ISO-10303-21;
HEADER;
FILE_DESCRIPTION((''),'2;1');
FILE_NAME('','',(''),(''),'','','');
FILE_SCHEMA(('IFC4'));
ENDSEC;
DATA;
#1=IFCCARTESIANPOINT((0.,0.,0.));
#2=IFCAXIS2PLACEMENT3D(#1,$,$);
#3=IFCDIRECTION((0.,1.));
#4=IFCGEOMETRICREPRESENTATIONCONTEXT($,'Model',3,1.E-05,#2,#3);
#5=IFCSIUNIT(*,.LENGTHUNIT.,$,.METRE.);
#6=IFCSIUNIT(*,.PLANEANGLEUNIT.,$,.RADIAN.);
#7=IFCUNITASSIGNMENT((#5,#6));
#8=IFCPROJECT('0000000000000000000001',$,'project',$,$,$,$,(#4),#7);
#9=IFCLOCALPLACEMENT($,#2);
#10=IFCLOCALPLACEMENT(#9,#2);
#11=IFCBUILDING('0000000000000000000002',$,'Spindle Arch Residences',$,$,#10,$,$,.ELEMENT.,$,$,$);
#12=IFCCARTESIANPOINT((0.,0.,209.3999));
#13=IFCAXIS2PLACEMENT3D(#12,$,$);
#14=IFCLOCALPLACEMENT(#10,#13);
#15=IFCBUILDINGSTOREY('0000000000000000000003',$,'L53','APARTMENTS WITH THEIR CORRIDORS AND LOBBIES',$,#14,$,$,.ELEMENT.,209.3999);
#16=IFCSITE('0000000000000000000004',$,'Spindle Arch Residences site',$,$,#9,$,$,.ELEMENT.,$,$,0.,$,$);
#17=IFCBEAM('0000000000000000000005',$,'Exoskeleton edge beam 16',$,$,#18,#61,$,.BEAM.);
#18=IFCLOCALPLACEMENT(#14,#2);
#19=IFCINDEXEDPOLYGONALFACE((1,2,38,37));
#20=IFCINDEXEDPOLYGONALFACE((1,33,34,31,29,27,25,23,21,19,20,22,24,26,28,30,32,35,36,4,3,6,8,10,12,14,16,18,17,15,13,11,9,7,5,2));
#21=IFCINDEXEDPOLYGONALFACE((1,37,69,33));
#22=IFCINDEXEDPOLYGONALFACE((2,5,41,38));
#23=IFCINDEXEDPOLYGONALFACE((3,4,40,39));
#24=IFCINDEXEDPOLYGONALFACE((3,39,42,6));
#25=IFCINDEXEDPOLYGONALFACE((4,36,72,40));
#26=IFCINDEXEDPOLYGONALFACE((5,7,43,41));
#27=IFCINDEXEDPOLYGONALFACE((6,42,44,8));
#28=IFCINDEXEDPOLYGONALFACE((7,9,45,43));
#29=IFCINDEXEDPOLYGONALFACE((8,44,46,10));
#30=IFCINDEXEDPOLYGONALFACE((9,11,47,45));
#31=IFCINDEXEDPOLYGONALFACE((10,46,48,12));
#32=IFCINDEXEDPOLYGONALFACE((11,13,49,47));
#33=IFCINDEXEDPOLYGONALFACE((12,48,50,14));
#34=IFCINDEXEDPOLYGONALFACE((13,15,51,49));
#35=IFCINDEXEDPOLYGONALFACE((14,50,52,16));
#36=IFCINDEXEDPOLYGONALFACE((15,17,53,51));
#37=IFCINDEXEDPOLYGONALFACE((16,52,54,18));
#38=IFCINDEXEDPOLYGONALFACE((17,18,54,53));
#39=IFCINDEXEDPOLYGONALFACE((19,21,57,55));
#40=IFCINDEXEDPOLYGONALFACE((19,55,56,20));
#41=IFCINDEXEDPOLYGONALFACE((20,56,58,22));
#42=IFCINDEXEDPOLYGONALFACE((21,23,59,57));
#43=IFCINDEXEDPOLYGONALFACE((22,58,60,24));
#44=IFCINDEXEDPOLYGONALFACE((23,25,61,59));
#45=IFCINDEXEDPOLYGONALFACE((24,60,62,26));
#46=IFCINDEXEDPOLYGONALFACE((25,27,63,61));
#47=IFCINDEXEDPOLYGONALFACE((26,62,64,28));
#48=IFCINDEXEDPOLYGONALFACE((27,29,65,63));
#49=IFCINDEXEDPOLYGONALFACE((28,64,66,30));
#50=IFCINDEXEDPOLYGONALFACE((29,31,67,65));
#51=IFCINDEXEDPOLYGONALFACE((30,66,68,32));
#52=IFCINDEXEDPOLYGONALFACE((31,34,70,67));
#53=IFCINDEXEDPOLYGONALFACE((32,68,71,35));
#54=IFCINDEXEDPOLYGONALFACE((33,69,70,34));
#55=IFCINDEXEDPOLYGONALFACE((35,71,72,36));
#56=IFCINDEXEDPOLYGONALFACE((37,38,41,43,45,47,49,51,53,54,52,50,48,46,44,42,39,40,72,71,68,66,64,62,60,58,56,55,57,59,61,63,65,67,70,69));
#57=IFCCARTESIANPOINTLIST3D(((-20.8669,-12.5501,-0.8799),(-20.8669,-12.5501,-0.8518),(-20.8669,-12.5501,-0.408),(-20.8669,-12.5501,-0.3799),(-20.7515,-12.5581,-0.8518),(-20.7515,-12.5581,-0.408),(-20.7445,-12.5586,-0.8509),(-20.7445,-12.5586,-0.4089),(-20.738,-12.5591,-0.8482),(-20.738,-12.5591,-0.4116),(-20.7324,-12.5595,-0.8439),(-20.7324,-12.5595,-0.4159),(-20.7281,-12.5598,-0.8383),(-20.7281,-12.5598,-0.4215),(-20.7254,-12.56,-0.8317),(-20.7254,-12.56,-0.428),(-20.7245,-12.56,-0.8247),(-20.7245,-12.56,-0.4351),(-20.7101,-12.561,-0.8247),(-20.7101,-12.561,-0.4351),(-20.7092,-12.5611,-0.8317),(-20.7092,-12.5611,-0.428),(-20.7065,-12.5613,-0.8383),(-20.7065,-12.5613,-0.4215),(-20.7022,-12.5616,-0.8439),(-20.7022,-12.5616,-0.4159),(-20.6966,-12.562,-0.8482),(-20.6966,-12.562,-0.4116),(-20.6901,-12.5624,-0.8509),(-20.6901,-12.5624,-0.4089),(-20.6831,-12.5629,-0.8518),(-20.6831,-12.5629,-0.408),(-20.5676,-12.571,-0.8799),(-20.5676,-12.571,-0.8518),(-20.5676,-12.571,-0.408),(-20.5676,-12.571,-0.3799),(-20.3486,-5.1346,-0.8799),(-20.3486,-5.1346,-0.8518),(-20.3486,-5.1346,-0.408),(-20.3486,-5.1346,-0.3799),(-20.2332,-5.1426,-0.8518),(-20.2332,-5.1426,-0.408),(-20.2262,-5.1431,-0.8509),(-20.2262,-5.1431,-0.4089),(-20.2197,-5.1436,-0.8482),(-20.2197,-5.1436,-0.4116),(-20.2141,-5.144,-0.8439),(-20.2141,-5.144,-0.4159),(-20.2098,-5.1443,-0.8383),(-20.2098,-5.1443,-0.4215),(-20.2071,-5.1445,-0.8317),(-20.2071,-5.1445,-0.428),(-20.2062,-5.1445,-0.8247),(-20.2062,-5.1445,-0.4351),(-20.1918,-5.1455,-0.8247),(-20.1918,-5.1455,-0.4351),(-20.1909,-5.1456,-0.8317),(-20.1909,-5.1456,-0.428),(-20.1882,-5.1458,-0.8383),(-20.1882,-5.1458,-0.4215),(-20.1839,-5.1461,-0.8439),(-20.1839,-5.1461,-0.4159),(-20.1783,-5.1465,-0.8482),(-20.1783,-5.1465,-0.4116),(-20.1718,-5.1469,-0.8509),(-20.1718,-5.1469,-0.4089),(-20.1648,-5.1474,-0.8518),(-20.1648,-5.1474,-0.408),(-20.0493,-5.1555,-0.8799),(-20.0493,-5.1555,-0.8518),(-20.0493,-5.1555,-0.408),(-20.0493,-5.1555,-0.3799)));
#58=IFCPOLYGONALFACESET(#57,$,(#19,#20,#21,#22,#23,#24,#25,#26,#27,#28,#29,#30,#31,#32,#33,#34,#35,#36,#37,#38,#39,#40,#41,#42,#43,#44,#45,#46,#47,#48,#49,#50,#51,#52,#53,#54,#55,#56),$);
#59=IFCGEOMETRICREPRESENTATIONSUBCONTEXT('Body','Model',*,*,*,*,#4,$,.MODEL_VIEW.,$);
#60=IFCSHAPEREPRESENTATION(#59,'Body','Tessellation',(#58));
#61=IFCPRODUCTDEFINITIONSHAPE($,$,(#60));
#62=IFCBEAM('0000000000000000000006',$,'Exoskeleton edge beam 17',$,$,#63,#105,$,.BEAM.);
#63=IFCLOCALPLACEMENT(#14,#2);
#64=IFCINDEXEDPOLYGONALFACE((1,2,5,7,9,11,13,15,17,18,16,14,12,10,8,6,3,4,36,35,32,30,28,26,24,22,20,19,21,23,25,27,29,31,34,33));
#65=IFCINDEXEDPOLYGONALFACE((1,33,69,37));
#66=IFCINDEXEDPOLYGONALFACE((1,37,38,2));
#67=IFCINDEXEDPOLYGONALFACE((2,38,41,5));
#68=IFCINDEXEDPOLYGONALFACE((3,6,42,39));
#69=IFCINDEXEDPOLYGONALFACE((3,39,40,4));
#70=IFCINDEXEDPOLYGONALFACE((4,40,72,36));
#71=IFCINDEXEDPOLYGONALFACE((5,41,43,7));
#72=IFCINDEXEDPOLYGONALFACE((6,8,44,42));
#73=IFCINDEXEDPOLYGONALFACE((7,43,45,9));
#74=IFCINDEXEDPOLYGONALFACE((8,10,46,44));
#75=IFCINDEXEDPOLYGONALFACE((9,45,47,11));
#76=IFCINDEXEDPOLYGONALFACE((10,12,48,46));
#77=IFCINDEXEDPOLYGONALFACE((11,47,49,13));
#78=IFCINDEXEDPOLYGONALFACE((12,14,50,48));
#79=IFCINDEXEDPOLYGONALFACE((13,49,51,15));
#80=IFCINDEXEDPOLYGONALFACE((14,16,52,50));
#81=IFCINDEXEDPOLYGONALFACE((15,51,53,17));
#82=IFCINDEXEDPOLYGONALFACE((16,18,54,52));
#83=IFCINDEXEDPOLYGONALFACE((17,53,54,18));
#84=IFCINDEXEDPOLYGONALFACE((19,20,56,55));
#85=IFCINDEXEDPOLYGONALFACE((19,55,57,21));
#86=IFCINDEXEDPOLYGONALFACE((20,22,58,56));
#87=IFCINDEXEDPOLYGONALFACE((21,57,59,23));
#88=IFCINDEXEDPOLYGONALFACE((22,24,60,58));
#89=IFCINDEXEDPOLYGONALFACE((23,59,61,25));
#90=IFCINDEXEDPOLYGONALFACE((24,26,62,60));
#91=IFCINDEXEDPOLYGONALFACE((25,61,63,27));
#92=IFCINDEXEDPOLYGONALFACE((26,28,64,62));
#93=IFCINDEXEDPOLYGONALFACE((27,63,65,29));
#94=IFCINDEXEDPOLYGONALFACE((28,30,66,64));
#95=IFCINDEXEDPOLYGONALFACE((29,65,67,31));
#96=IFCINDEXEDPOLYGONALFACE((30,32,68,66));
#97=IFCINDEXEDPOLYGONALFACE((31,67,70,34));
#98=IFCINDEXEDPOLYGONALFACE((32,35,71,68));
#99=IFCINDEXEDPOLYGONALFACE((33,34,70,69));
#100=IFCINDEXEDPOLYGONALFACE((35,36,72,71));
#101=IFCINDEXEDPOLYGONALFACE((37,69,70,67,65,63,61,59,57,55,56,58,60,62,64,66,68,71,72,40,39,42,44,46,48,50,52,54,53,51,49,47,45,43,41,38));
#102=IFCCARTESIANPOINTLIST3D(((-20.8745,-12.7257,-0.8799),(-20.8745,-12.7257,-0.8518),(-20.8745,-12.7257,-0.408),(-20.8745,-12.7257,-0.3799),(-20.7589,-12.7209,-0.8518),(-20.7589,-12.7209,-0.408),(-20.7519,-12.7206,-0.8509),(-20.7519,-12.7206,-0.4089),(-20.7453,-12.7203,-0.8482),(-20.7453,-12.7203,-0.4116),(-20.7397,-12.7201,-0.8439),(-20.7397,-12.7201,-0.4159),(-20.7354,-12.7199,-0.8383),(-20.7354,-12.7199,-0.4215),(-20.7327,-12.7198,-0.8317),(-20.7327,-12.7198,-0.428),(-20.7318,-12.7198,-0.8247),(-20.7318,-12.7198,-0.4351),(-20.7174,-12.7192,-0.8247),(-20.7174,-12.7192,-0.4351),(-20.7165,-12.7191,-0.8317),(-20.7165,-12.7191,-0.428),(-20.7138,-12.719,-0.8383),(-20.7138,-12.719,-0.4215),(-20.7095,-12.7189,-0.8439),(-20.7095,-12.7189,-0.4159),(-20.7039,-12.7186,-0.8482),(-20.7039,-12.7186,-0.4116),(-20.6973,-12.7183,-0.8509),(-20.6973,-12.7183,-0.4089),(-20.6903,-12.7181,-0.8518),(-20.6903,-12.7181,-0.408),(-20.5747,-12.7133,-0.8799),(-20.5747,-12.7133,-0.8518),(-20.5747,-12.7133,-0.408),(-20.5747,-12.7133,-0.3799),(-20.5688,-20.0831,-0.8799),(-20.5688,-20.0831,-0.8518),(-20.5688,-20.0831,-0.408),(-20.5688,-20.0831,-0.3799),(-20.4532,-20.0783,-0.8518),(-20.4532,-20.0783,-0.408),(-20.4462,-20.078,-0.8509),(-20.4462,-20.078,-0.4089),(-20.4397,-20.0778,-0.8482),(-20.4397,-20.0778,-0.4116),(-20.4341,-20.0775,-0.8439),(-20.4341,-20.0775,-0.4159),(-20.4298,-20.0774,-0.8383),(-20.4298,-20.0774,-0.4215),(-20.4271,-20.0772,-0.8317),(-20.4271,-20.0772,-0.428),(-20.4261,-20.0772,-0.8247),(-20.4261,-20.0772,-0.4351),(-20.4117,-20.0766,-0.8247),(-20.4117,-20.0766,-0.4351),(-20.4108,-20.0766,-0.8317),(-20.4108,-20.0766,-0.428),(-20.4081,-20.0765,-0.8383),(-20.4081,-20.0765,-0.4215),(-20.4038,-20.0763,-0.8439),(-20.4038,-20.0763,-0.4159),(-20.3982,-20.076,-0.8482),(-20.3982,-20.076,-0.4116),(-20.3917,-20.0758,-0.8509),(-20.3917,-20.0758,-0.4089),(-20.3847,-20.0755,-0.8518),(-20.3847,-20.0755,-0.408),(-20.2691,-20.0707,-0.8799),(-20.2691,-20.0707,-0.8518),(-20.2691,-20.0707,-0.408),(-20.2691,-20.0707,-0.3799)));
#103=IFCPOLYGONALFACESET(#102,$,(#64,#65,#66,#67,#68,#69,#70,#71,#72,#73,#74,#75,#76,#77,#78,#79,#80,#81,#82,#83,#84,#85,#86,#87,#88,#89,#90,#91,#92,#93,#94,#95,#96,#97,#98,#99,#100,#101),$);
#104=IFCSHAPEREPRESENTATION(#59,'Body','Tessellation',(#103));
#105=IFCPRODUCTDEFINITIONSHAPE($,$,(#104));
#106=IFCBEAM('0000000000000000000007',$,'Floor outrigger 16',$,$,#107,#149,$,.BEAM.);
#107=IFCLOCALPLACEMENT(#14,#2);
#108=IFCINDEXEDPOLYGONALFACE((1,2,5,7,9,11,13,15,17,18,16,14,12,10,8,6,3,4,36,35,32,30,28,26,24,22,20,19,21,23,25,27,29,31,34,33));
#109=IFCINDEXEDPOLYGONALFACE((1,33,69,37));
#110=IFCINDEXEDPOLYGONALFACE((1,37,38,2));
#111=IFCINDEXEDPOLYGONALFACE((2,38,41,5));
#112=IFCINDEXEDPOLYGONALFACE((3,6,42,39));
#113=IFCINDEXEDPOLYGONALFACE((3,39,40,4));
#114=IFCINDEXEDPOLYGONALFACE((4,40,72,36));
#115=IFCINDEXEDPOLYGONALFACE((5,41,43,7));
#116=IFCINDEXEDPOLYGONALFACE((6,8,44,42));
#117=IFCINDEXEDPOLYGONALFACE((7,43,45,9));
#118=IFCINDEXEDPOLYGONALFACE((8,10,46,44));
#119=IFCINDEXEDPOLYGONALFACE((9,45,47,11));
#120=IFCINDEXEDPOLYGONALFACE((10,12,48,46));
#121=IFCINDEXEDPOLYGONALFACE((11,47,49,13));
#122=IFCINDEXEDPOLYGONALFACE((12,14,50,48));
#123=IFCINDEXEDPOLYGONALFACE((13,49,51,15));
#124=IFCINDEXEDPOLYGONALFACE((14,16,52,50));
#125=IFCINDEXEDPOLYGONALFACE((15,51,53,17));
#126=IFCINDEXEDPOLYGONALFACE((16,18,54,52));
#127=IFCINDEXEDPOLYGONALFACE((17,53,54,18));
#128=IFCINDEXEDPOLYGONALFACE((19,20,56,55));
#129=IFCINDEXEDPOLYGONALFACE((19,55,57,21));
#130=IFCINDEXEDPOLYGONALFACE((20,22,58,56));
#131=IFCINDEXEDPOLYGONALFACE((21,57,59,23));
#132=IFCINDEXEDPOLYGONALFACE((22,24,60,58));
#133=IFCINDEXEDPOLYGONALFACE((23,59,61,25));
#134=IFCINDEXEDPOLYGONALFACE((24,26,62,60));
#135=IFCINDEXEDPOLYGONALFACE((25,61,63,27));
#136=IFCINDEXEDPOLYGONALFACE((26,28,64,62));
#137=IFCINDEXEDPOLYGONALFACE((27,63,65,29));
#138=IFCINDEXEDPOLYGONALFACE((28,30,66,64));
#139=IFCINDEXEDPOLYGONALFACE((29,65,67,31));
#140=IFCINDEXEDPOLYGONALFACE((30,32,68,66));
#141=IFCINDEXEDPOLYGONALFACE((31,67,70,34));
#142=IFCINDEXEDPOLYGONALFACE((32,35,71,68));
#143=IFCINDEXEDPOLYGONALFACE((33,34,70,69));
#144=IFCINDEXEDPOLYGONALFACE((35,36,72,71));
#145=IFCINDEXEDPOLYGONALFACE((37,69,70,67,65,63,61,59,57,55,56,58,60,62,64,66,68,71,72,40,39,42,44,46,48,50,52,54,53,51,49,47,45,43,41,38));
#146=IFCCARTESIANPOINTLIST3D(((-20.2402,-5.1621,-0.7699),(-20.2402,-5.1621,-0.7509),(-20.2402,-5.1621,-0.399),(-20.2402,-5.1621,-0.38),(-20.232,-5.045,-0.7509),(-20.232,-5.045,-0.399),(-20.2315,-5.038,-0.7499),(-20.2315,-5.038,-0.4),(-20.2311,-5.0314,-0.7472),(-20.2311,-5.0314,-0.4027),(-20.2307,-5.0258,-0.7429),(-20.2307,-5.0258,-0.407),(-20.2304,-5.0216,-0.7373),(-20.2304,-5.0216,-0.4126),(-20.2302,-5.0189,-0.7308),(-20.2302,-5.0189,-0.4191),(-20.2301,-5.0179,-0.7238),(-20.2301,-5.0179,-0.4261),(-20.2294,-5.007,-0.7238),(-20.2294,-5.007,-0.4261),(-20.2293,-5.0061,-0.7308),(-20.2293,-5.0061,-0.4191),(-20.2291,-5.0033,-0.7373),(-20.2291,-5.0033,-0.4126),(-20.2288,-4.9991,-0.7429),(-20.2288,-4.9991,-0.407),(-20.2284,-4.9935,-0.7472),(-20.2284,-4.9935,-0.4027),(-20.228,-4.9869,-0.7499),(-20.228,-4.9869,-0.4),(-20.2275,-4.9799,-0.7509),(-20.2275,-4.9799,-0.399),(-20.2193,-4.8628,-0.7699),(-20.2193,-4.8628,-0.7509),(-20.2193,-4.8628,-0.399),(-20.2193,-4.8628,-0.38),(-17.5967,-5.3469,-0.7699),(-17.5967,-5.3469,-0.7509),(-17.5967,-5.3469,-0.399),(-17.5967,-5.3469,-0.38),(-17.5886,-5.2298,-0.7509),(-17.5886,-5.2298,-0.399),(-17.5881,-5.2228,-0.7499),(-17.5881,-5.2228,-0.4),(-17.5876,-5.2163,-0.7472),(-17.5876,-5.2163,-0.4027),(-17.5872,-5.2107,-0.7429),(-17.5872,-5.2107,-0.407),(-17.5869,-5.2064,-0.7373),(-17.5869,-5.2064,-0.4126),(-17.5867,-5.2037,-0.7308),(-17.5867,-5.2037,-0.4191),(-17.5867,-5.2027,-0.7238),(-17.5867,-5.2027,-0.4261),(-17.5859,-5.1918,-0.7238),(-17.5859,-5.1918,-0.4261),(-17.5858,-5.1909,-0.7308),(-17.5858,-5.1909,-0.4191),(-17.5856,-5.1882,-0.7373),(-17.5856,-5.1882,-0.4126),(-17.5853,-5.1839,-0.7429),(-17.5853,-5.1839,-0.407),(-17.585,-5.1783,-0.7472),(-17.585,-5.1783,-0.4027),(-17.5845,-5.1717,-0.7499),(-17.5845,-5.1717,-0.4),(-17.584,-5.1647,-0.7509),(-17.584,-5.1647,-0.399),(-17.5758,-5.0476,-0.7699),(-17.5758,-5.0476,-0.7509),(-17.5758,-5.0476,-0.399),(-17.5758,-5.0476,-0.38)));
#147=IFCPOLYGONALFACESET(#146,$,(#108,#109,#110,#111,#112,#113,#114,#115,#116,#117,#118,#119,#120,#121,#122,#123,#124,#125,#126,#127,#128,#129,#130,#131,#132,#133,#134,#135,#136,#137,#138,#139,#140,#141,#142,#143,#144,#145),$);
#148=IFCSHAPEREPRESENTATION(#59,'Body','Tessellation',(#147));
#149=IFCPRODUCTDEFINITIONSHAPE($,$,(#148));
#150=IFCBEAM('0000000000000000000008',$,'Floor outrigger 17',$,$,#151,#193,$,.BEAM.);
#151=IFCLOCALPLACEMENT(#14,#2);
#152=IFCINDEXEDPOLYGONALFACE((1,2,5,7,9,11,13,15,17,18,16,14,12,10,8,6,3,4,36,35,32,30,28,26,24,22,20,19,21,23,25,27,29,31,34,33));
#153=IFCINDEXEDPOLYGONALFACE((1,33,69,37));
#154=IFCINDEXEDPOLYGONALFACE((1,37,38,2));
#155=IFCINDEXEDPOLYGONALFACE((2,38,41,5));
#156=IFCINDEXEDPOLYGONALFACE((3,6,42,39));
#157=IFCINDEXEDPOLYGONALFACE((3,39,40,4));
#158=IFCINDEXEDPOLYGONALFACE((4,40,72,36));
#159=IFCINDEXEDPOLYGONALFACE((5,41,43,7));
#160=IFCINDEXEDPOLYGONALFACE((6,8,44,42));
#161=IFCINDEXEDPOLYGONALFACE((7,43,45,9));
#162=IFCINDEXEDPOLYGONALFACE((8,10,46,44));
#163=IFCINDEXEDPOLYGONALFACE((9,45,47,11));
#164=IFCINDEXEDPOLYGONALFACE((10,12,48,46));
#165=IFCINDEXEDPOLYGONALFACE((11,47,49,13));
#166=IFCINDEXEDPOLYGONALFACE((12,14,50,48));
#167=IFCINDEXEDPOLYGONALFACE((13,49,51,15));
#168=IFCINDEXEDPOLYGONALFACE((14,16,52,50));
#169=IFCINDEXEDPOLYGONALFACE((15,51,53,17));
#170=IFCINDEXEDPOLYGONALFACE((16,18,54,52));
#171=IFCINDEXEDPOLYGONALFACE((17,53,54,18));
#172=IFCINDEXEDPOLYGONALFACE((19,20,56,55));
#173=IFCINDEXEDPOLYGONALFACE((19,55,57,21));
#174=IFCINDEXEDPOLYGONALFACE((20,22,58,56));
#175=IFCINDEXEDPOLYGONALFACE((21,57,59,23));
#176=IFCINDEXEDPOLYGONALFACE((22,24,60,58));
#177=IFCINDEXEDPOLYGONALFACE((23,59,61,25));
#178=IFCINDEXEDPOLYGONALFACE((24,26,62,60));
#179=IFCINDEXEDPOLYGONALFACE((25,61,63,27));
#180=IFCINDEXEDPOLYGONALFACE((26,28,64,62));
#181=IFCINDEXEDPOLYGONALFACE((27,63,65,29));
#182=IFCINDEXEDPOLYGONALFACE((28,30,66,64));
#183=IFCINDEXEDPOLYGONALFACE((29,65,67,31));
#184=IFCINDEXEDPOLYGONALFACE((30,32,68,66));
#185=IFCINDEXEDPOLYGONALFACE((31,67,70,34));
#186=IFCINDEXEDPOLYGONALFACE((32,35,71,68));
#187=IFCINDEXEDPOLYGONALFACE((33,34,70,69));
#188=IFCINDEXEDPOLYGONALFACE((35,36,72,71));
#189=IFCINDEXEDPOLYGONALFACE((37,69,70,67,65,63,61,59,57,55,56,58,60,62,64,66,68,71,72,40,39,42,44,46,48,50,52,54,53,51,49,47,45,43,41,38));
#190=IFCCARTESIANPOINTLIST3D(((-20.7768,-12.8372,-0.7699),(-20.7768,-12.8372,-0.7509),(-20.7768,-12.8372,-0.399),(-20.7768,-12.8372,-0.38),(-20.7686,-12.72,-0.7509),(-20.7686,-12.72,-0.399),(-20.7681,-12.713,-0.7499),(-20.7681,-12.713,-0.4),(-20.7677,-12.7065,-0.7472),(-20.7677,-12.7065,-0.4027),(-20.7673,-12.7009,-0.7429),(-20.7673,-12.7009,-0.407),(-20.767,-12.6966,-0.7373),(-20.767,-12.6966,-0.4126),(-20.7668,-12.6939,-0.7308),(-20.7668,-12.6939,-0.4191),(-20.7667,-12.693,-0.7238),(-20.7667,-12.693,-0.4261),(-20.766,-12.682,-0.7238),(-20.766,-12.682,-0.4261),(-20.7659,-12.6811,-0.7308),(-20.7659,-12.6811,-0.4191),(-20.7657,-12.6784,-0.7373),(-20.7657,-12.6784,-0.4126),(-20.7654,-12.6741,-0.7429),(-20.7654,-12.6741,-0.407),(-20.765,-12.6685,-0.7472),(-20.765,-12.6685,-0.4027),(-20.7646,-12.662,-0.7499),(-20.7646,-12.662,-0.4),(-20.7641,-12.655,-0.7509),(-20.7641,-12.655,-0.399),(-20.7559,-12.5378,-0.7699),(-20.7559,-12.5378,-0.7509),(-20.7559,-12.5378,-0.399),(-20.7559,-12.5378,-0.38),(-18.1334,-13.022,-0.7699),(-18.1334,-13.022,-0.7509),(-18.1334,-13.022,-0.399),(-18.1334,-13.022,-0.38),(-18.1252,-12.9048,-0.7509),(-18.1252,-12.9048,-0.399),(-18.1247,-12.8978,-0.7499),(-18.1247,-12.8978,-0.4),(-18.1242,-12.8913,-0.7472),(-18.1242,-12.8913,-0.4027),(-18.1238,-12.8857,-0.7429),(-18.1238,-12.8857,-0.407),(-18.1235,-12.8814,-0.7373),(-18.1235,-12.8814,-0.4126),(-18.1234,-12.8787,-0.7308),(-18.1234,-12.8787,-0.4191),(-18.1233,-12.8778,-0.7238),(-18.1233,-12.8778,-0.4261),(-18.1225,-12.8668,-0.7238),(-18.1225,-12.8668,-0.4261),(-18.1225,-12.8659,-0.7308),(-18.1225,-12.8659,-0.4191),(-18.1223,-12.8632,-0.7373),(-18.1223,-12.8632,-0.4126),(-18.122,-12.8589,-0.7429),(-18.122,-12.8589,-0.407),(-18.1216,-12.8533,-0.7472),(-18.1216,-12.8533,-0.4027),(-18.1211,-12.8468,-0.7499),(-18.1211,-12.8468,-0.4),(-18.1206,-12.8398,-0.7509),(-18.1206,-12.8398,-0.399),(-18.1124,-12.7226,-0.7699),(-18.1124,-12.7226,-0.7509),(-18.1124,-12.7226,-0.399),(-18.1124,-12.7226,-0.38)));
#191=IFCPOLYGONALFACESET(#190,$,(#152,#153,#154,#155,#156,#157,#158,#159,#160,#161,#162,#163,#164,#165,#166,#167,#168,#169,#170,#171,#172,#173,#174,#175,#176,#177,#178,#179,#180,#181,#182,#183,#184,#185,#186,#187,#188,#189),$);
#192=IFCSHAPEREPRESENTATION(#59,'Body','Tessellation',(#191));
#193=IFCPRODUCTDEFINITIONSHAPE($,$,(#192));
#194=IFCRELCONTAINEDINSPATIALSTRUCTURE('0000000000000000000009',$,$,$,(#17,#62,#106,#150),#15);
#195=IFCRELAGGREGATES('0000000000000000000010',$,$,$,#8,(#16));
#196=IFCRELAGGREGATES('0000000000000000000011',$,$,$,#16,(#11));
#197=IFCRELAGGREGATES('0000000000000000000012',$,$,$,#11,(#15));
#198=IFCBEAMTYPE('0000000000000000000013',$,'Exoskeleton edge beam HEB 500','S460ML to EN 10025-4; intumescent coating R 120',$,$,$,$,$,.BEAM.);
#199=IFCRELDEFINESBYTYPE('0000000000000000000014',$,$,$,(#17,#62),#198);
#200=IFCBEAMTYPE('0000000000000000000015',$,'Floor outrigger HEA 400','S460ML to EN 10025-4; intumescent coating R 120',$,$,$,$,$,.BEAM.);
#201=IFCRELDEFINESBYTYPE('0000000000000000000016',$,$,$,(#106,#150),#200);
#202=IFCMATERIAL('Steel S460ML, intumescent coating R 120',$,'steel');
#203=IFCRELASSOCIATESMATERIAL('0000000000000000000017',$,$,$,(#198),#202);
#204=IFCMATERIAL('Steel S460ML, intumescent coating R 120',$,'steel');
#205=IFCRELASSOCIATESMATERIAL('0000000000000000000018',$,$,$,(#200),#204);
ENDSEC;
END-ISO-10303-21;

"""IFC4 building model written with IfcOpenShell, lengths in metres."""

from ifc_helpers import new_model, si_unit, direction, frame, origin, origin_2d, place, context, subcontext, project, spatial, i_section, extrude, material, material_profile, profile_set, type_object, element, save


model = new_model("IFC4")

# Units and contexts
model_context = context("Model", 3, precision=1e-05, world=origin(), true_north=direction((0.0, 1.0)))
body_context = subcontext(model_context, "Body", "Model", "MODEL_VIEW")
ifc_project = project(units=[si_unit("LENGTHUNIT", "METRE"), si_unit("PLANEANGLEUNIT", "RADIAN")], contexts=[model_context])

# Site, building, storey
site_placement = place(None, origin())
site = spatial("IfcSite", under=ifc_project, at=site_placement, Name="Spindle Arch Residences site", CompositionType="ELEMENT", RefElevation=0.0)
building_placement = place(site_placement, origin())
building = spatial("IfcBuilding", under=site, at=building_placement, Name="Spindle Arch Residences", CompositionType="ELEMENT")
storey_placement = place(building_placement, frame((0.0, 0.0, 209.3999)))
storey = spatial("IfcBuildingStorey", under=building, at=storey_placement, Name="L53", Description="APARTMENTS WITH THEIR CORRIDORS AND LOBBIES", CompositionType="ELEMENT", Elevation=209.3999)

# Beams
ifc_material_1 = material(Name="Steel S460ML, intumescent coating R 120", Category="steel")
ifc_material_profile_1 = material_profile(ifc_material_1, i_section(OverallWidth=0.3, OverallDepth=0.5, WebThickness=0.0144, FlangeThickness=0.0281, FilletRadius=0.0271, at=origin_2d()), Name="HEB 500")
ifc_profile_set_1 = profile_set([ifc_material_profile_1], Name="Steel S460ML, intumescent coating R 120")
beam_type_1 = type_object("IfcBeamType", Name="Exoskeleton edge beam HEB 500", Description="S460ML to EN 10025-4; intumescent coating R 120", PredefinedType="BEAM", material=ifc_profile_set_1)
beam_1_placement = place(storey_placement, frame((-20.199, -5.145, -0.6299), z_axis=(-0.069725, -0.997566, 0.0), x_axis=(0.997566, -0.069725, 0.0)))
element("IfcBeam", 1, at=beam_1_placement, inside=storey, type_object=beam_type_1, Name="Exoskeleton edge beam 16", PredefinedType="BEAM", context=body_context, shape_type="SweptSolid", body=[
    extrude(i_section(OverallWidth=0.3, OverallDepth=0.5, WebThickness=0.0144, FlangeThickness=0.0281, FilletRadius=0.0271, at=origin_2d()), origin(), (0.0, 0.0, 1.0), 7.4336),
])
beam_2_placement = place(storey_placement, frame((-20.7246, -12.7195, -0.6299), z_axis=(0.041509, -0.999138, 0.0), x_axis=(0.999138, 0.041509, 0.0)))
element("IfcBeam", 2, at=beam_2_placement, inside=storey, type_object=beam_type_1, Name="Exoskeleton edge beam 17", PredefinedType="BEAM", context=body_context, shape_type="SweptSolid", body=[
    extrude(i_section(OverallWidth=0.3, OverallDepth=0.5, WebThickness=0.0144, FlangeThickness=0.0281, FilletRadius=0.0271, at=origin_2d()), origin(), (0.0, 0.0, 1.0), 7.3638),
])
ifc_material_2 = material(Name="Steel S460ML, intumescent coating R 120", Category="steel")
ifc_material_profile_2 = material_profile(ifc_material_2, i_section(OverallWidth=0.3, OverallDepth=0.3899, WebThickness=0.011, FlangeThickness=0.019, FilletRadius=0.0271, at=origin_2d()), Name="HEA 400")
ifc_profile_set_2 = profile_set([ifc_material_profile_2], Name="Steel S460ML, intumescent coating R 120")
beam_type_2 = type_object("IfcBeamType", Name="Floor outrigger HEA 400", Description="S460ML to EN 10025-4; intumescent coating R 120", PredefinedType="BEAM", material=ifc_profile_set_2)
for number, where, z_axis, x_axis, name in (
    (3, (-20.2297, -5.0125, -0.575), (0.997565, -0.069741, 0.0), (0.069741, 0.997565, 0.0), "Floor outrigger 16"),
    (4, (-20.7664, -12.6875, -0.575), (0.997565, -0.069741, 0.0), (0.069741, 0.997565, 0.0), "Floor outrigger 17"),
):
    element("IfcBeam", number, at=place(storey_placement, frame(where, z_axis=z_axis, x_axis=x_axis)), inside=storey, type_object=beam_type_2, Name=name, PredefinedType="BEAM", context=body_context, shape_type="SweptSolid", body=[
        extrude(i_section(OverallWidth=0.3, OverallDepth=0.3899, WebThickness=0.011, FlangeThickness=0.019, FilletRadius=0.0271, at=origin_2d()), origin(), (0.0, 0.0, 1.0), 2.6499),
    ])

save(model, "model.ifc")
